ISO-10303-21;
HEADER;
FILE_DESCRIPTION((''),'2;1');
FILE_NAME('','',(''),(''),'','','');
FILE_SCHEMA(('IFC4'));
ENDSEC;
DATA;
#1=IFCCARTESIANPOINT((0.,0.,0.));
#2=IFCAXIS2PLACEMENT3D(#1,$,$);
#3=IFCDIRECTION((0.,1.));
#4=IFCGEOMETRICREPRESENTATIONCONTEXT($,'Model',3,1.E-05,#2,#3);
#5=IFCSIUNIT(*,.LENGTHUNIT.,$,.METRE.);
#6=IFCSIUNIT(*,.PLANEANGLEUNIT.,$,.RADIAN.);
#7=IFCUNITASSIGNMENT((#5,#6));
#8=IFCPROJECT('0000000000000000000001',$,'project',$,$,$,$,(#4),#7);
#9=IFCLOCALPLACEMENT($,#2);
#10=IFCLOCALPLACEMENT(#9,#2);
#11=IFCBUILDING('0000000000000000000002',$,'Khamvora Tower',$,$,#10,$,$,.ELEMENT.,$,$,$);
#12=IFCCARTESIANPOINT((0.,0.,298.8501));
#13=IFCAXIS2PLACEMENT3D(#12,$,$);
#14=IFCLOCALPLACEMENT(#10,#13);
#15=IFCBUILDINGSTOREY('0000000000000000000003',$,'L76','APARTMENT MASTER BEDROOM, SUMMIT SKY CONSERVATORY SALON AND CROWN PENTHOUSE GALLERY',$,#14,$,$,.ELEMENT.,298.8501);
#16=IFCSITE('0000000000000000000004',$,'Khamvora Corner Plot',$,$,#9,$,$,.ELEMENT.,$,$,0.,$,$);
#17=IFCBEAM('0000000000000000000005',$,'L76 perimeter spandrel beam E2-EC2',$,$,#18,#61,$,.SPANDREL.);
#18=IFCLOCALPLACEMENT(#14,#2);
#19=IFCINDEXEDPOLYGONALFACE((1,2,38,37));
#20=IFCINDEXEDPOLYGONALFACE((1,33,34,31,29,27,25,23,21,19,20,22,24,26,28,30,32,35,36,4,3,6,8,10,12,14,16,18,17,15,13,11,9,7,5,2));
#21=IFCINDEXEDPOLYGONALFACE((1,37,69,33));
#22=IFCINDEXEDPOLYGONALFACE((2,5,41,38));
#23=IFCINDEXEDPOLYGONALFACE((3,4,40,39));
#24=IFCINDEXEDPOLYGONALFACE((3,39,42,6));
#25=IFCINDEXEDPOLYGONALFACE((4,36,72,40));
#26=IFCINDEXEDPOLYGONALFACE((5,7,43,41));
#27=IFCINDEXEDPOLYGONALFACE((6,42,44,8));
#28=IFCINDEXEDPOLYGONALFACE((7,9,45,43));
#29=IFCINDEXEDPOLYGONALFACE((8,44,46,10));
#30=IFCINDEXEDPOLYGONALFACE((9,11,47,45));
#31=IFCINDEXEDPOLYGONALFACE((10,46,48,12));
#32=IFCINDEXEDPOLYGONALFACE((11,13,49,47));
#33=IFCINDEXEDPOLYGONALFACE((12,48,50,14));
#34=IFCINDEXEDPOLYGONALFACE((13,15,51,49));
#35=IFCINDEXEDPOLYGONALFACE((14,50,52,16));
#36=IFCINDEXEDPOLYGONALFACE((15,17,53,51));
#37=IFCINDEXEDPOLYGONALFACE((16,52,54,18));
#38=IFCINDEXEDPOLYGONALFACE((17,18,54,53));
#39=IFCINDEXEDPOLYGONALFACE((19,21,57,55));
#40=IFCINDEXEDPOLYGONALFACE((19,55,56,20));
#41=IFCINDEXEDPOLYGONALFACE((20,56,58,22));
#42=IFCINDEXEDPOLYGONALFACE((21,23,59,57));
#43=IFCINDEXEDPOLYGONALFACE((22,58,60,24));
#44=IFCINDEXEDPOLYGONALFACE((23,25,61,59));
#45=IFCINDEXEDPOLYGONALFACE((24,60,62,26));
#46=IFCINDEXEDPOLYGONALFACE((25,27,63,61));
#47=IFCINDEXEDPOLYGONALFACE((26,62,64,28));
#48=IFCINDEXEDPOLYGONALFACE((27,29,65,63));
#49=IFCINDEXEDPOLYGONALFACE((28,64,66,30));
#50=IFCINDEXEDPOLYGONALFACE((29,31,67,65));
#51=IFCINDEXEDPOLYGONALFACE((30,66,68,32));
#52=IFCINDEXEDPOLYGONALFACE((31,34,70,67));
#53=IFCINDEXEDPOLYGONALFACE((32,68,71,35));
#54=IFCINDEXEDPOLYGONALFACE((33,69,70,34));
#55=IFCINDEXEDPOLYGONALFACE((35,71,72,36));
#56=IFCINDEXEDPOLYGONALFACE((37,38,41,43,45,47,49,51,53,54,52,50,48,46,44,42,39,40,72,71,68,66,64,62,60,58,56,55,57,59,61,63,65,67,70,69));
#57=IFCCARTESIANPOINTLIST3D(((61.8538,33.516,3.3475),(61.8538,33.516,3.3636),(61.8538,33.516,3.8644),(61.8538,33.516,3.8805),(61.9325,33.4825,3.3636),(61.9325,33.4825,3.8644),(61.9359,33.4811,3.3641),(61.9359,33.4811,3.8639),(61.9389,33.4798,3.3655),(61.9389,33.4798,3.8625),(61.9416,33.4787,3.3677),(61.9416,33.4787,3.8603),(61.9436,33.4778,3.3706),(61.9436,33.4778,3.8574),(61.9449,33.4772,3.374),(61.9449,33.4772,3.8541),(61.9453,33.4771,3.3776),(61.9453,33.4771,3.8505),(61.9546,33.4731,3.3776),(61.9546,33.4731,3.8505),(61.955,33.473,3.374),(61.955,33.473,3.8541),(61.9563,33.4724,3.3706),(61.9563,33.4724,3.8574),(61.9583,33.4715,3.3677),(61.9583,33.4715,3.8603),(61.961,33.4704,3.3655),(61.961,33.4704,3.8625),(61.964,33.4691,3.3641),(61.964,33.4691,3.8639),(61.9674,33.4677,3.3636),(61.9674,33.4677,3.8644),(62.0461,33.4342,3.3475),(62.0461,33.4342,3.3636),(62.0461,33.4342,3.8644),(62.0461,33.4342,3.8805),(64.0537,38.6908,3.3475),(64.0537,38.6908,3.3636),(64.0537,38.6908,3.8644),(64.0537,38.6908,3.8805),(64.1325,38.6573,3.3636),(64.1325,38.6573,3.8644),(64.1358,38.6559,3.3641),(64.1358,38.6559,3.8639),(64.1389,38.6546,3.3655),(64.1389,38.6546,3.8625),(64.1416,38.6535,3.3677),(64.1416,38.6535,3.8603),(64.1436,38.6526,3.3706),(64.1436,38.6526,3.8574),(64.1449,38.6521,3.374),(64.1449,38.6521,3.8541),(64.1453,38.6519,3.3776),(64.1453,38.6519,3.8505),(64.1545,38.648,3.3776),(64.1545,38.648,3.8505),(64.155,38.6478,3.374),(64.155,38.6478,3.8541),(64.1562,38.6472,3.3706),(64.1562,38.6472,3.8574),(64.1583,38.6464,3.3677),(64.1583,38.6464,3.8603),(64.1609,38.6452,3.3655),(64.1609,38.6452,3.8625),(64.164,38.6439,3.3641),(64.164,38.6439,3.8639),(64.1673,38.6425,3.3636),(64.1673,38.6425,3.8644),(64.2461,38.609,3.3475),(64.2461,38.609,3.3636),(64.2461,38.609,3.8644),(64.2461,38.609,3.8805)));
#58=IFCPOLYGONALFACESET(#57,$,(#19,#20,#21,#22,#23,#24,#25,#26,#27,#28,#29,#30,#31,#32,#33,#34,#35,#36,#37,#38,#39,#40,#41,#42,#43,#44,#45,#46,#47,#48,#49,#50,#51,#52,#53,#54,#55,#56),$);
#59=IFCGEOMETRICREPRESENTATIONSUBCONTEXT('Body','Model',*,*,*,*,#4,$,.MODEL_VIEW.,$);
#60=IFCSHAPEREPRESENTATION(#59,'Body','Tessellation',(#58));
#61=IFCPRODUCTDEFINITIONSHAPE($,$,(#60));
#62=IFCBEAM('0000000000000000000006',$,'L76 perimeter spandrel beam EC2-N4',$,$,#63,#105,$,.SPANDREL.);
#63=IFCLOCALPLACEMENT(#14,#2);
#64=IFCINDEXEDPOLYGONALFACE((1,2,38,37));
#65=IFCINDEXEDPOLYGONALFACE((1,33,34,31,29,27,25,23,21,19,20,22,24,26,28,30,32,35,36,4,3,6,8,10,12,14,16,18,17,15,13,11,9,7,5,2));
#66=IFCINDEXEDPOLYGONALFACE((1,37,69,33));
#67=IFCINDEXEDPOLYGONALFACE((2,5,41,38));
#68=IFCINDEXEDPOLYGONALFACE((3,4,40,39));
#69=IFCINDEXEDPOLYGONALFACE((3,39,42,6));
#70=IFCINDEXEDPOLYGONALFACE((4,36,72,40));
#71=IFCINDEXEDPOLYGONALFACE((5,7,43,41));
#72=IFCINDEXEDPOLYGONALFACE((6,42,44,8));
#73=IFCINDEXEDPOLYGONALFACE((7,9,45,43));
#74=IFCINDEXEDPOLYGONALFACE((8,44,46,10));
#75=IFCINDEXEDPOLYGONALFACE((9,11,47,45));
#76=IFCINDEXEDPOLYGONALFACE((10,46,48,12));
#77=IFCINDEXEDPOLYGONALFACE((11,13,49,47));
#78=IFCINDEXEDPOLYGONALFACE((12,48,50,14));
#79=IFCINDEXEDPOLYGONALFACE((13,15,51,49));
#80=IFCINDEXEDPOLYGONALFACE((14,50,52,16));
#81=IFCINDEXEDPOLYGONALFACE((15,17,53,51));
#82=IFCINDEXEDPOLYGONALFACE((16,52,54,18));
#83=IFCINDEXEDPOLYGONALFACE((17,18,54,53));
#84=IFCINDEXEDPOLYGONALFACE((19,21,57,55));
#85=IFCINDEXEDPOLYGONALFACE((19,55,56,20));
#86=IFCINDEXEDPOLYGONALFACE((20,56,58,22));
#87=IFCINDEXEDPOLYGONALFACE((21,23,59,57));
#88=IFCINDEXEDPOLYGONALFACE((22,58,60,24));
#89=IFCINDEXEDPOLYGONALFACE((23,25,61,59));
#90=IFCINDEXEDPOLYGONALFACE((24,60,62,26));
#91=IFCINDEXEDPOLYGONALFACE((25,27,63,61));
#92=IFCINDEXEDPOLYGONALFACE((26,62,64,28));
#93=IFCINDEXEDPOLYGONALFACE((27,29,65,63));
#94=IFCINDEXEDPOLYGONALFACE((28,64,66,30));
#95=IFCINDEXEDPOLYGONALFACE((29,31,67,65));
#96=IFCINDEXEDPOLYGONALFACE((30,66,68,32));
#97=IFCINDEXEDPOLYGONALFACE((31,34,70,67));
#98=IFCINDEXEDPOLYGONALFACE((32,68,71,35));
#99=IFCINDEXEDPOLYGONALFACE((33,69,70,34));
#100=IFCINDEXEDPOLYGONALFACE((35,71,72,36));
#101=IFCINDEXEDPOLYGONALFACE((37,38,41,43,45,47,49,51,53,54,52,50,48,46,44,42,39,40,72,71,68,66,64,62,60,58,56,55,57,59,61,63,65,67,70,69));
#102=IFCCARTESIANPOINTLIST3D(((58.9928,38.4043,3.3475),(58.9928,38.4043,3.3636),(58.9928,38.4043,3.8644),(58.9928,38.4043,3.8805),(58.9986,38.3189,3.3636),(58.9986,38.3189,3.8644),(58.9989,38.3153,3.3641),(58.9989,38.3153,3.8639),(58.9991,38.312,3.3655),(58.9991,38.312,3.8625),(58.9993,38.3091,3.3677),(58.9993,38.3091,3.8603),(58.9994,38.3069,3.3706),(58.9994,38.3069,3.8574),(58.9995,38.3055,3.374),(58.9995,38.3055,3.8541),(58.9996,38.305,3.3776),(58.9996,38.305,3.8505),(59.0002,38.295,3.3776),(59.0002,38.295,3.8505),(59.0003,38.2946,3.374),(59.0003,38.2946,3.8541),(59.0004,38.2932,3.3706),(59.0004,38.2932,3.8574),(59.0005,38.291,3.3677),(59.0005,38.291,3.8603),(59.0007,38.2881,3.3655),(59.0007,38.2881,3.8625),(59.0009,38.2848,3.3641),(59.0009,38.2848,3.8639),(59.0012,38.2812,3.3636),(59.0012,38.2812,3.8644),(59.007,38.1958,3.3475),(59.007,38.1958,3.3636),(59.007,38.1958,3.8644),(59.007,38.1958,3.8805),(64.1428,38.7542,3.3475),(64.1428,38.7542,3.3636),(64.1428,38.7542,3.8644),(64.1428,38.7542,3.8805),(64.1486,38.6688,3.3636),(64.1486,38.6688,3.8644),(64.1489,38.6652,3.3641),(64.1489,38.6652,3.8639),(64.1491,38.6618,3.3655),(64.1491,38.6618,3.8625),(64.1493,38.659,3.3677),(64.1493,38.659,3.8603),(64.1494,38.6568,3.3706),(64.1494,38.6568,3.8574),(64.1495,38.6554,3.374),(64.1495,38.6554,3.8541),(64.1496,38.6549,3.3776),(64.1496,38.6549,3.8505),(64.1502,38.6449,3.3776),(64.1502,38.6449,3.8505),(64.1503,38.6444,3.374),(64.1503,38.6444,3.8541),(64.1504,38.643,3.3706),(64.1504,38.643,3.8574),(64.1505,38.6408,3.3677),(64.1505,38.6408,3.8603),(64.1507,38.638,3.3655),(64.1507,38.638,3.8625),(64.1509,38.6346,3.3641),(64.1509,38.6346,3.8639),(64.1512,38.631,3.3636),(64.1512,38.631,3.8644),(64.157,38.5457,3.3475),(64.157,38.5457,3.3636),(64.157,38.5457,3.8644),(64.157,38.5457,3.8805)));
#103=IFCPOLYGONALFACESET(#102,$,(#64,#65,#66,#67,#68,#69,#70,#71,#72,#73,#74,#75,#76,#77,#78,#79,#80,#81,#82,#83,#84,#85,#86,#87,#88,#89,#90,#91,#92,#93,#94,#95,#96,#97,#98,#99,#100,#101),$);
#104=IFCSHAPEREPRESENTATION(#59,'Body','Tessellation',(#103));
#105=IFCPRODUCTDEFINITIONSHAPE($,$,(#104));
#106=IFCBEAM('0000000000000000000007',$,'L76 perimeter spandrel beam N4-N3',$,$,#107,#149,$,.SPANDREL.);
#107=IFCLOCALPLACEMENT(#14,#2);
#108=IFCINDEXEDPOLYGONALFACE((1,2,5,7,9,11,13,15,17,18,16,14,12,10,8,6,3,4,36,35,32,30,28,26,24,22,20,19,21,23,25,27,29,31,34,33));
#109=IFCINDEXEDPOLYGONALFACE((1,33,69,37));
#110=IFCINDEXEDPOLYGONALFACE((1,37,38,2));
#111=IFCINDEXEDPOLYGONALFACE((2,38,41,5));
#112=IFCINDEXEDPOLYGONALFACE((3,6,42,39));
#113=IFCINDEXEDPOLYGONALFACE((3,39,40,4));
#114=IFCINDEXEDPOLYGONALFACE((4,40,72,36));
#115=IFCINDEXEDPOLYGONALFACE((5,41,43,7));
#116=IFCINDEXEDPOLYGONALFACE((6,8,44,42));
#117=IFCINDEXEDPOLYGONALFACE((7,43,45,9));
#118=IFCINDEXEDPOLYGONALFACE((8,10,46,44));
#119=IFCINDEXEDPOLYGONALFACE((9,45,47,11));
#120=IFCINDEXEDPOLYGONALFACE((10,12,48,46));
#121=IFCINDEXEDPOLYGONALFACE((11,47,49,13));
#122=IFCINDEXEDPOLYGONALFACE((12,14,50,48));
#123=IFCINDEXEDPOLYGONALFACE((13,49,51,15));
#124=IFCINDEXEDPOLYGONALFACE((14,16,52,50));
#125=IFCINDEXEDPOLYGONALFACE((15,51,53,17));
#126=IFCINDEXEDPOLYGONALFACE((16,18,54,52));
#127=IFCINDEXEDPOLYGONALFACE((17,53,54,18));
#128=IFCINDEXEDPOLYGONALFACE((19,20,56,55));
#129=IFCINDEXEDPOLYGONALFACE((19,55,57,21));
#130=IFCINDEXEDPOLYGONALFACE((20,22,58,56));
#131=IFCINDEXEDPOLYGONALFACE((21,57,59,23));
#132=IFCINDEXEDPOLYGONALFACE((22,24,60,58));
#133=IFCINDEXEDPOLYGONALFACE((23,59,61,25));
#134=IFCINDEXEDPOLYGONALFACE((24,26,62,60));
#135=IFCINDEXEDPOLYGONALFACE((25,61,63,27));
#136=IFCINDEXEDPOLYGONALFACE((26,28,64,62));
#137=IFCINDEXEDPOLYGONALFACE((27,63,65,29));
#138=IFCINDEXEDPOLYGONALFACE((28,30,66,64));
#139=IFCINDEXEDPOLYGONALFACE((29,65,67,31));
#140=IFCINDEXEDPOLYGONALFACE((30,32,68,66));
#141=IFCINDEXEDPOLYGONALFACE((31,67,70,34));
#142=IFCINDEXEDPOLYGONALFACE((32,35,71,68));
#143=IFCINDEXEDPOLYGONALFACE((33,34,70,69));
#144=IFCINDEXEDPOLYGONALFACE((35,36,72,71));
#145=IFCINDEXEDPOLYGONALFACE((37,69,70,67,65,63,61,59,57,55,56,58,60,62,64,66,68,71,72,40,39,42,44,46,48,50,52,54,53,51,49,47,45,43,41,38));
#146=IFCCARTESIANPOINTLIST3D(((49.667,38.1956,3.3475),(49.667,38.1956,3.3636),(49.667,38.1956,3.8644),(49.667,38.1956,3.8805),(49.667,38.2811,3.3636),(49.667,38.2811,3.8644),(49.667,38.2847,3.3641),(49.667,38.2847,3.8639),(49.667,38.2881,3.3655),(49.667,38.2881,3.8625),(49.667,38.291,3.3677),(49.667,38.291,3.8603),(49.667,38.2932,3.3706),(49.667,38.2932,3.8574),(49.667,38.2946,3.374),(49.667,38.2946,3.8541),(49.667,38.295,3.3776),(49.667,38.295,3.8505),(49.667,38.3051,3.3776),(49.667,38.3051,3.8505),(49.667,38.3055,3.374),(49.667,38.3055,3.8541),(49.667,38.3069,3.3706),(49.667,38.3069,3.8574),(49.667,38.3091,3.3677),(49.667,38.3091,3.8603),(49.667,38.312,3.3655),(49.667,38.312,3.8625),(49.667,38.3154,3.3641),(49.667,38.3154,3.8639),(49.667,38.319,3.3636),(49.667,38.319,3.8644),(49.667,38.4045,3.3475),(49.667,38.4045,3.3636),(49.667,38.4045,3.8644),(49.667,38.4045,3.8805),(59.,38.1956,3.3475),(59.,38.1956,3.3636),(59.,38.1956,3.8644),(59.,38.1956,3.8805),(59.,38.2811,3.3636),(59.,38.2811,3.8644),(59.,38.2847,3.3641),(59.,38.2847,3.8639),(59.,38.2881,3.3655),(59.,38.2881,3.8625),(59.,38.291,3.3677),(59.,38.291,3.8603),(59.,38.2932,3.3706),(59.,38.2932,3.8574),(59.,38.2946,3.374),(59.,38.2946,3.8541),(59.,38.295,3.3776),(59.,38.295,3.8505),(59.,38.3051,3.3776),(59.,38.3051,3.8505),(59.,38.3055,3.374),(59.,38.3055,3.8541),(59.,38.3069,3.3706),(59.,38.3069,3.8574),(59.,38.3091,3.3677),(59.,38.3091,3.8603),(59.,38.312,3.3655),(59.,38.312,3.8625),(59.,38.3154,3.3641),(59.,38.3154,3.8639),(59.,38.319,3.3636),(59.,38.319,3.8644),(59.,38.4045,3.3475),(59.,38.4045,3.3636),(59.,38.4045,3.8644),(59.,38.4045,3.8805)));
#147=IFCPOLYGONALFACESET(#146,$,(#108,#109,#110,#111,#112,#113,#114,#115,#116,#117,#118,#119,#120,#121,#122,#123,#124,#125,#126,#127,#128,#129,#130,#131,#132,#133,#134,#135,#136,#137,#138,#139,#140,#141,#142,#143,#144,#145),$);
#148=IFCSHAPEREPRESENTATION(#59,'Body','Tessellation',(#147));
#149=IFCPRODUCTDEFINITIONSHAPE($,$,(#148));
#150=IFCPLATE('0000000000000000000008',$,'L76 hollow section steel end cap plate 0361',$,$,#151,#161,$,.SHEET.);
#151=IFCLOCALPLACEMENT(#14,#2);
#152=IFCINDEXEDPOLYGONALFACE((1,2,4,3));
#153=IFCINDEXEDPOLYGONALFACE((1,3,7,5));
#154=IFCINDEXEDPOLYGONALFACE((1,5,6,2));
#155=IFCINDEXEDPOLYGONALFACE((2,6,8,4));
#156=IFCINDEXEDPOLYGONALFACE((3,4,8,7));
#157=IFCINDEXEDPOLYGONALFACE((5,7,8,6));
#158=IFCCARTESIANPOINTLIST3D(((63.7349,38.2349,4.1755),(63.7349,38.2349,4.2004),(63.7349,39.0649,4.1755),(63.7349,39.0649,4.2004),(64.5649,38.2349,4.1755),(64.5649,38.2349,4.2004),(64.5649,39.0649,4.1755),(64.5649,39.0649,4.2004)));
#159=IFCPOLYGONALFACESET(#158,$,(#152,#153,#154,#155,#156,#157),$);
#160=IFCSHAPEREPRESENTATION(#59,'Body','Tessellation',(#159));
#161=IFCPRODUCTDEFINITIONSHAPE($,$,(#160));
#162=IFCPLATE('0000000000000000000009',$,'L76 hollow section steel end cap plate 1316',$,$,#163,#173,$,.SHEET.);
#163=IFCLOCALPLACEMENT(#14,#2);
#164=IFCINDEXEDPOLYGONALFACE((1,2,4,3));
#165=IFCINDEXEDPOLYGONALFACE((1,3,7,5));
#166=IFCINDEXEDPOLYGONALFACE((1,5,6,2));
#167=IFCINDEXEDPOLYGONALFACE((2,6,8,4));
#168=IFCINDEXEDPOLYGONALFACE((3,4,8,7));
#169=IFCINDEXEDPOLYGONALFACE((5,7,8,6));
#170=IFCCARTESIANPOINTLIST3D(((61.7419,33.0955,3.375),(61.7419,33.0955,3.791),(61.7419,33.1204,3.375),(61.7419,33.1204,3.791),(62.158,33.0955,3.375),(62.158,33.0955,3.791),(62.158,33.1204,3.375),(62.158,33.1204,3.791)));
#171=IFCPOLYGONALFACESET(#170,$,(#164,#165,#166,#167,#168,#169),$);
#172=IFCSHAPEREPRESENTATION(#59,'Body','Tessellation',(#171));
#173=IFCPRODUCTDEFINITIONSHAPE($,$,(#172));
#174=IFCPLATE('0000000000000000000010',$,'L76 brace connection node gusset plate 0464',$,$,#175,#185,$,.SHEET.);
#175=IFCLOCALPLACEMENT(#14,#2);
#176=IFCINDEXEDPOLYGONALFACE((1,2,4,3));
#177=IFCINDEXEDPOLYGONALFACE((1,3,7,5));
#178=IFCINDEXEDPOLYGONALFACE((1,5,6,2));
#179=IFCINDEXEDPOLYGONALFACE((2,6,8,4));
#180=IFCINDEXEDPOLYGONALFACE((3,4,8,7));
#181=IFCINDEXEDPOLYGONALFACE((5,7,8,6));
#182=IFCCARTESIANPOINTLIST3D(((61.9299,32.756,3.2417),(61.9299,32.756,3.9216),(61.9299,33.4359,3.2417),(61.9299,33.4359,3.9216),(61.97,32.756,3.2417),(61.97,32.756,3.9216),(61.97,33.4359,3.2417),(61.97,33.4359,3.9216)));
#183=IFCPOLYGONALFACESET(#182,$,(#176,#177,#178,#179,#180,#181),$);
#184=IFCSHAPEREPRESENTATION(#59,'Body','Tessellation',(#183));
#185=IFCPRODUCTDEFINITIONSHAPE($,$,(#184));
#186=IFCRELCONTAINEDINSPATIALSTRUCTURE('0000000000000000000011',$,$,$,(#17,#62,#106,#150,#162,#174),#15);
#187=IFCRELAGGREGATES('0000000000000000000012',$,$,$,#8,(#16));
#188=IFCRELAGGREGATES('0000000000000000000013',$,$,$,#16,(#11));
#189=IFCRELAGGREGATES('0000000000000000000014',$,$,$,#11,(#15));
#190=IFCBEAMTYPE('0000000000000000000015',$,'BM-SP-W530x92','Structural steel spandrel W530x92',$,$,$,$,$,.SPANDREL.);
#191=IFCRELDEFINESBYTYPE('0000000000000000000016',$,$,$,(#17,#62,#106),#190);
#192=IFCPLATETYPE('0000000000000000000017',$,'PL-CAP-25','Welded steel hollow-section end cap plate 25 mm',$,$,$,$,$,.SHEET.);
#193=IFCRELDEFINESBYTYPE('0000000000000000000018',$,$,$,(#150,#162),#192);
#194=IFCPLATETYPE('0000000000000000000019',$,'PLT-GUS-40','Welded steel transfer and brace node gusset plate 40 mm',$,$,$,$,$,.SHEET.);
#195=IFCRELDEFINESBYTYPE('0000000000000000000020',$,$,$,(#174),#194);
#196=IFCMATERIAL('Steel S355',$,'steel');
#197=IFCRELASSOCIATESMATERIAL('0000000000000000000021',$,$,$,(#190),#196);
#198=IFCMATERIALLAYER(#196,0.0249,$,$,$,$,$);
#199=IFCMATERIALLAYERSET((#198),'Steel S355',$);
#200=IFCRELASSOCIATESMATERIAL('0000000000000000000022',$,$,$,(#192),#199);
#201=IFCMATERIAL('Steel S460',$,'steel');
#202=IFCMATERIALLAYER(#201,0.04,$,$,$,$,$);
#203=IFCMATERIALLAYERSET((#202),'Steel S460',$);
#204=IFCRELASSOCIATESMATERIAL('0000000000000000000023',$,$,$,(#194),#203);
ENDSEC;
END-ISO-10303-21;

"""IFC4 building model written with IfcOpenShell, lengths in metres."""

from ifc_helpers import new_model, si_unit, direction, frame, origin, origin_2d, place, context, subcontext, project, spatial, rectangle, i_section, extrude, material, layer, layer_set, material_profile, profile_set, type_object, element, save


model = new_model("IFC4")

# Units and contexts
model_context = context("Model", 3, precision=1e-05, world=origin(), true_north=direction((0.0, 1.0)))
body_context = subcontext(model_context, "Body", "Model", "MODEL_VIEW")
ifc_project = project(units=[si_unit("LENGTHUNIT", "METRE"), si_unit("PLANEANGLEUNIT", "RADIAN")], contexts=[model_context])

# Site, building, storey
site_placement = place(None, origin())
site = spatial("IfcSite", under=ifc_project, at=site_placement, Name="Khamvora Corner Plot", CompositionType="ELEMENT", RefElevation=0.0)
building_placement = place(site_placement, origin())
building = spatial("IfcBuilding", under=site, at=building_placement, Name="Khamvora Tower", CompositionType="ELEMENT")
storey_placement = place(building_placement, frame((0.0, 0.0, 298.8501)))
storey = spatial("IfcBuildingStorey", under=building, at=storey_placement, Name="L76", Description="APARTMENT MASTER BEDROOM, SUMMIT SKY CONSERVATORY SALON AND CROWN PENTHOUSE GALLERY", CompositionType="ELEMENT", Elevation=298.8501)

# Shared definitions
ifc_material_1 = material(Name="Steel S355", Category="steel")

# Beams
ifc_material_profile_1 = material_profile(ifc_material_1, i_section(OverallWidth=0.209, OverallDepth=0.533, WebThickness=0.01, FlangeThickness=0.0161, FilletRadius=0.0139, at=origin_2d()), Name="W530x92")
ifc_profile_set_1 = profile_set([ifc_material_profile_1], Name="Steel S355")
beam_type_1 = type_object("IfcBeamType", Name="BM-SP-W530x92", Description="Structural steel spandrel W530x92", PredefinedType="SPANDREL", material=ifc_profile_set_1)
beam_1_placement = place(storey_placement, frame((61.95, 33.4751, 3.614), z_axis=(0.39124, 0.920289, 0.0), x_axis=(-0.920289, 0.39124, 0.0)))
element("IfcBeam", 1, at=beam_1_placement, inside=storey, type_object=beam_type_1, Name="L76 perimeter spandrel beam E2-EC2", PredefinedType="SPANDREL", context=body_context, shape_type="SweptSolid", body=[
    extrude(i_section(OverallWidth=0.209, OverallDepth=0.533, WebThickness=0.01, FlangeThickness=0.0161, FilletRadius=0.0139, at=origin_2d()), origin(), (0.0, 0.0, 1.0), 5.623),
])
beam_2_placement = place(storey_placement, frame((64.1499, 38.6499, 3.614), z_axis=(-0.9977, -0.067778, 0.0), x_axis=(0.067778, -0.9977, 0.0)))
element("IfcBeam", 2, at=beam_2_placement, inside=storey, type_object=beam_type_1, Name="L76 perimeter spandrel beam EC2-N4", PredefinedType="SPANDREL", context=body_context, shape_type="SweptSolid", body=[
    extrude(i_section(OverallWidth=0.209, OverallDepth=0.533, WebThickness=0.01, FlangeThickness=0.0161, FilletRadius=0.0139, at=origin_2d()), origin(), (0.0, 0.0, 1.0), 5.1619),
])
beam_3_placement = place(storey_placement, frame((59.0, 38.3, 3.614), z_axis=(-1.0, 0.0, 0.0), x_axis=(0.0, -1.0, 0.0)))
element("IfcBeam", 3, at=beam_3_placement, inside=storey, type_object=beam_type_1, Name="L76 perimeter spandrel beam N4-N3", PredefinedType="SPANDREL", context=body_context, shape_type="SweptSolid", body=[
    extrude(i_section(OverallWidth=0.209, OverallDepth=0.533, WebThickness=0.01, FlangeThickness=0.0161, FilletRadius=0.0139, at=origin_2d()), origin(), (0.0, 0.0, 1.0), 9.333),
])

# Plates
ifc_layer_1 = layer(ifc_material_1, 0.0249)
ifc_layer_set_1 = layer_set([ifc_layer_1], Name="Steel S355")
plate_type_1 = type_object("IfcPlateType", Name="PL-CAP-25", Description="Welded steel hollow-section end cap plate 25 mm", PredefinedType="SHEET", material=ifc_layer_set_1)
plate_1_placement = place(storey_placement, frame((64.1499, 38.6499, 4.1755), z_axis=(0.0, 0.0, 1.0), x_axis=(1.0, 0.0, 0.0)))
element("IfcPlate", 4, at=plate_1_placement, inside=storey, type_object=plate_type_1, Name="L76 hollow section steel end cap plate 0361", PredefinedType="SHEET", context=body_context, shape_type="SweptSolid", body=[
    extrude(rectangle(XDim=0.8301, YDim=0.8301, at=origin_2d()), origin(), (0.0, 0.0, 1.0), 0.0249),
])
plate_2_placement = place(storey_placement, frame((61.95, 33.1079, 3.375), z_axis=(0.0, 0.0, 1.0), x_axis=(0.0, 1.0, 0.0)))
element("IfcPlate", 5, at=plate_2_placement, inside=storey, type_object=plate_type_1, Name="L76 hollow section steel end cap plate 1316", PredefinedType="SHEET", context=body_context, shape_type="SweptSolid", body=[
    extrude(rectangle(XDim=0.0249, YDim=0.416, at=origin_2d()), origin(), (0.0, 0.0, 1.0), 0.416),
])
ifc_material_2 = material(Name="Steel S460", Category="steel")
ifc_layer_2 = layer(ifc_material_2, 0.04)
ifc_layer_set_2 = layer_set([ifc_layer_2], Name="Steel S460")
plate_type_2 = type_object("IfcPlateType", Name="PLT-GUS-40", Description="Welded steel transfer and brace node gusset plate 40 mm", PredefinedType="SHEET", material=ifc_layer_set_2)
plate_3_placement = place(storey_placement, frame((61.95, 33.0959, 3.2417), z_axis=(0.0, 0.0, 1.0), x_axis=(0.0, 1.0, 0.0)))
element("IfcPlate", 6, at=plate_3_placement, inside=storey, type_object=plate_type_2, Name="L76 brace connection node gusset plate 0464", PredefinedType="SHEET", context=body_context, shape_type="SweptSolid", body=[
    extrude(rectangle(XDim=0.6799, YDim=0.04, at=origin_2d()), origin(), (0.0, 0.0, 1.0), 0.6799),
])

save(model, "model.ifc")
